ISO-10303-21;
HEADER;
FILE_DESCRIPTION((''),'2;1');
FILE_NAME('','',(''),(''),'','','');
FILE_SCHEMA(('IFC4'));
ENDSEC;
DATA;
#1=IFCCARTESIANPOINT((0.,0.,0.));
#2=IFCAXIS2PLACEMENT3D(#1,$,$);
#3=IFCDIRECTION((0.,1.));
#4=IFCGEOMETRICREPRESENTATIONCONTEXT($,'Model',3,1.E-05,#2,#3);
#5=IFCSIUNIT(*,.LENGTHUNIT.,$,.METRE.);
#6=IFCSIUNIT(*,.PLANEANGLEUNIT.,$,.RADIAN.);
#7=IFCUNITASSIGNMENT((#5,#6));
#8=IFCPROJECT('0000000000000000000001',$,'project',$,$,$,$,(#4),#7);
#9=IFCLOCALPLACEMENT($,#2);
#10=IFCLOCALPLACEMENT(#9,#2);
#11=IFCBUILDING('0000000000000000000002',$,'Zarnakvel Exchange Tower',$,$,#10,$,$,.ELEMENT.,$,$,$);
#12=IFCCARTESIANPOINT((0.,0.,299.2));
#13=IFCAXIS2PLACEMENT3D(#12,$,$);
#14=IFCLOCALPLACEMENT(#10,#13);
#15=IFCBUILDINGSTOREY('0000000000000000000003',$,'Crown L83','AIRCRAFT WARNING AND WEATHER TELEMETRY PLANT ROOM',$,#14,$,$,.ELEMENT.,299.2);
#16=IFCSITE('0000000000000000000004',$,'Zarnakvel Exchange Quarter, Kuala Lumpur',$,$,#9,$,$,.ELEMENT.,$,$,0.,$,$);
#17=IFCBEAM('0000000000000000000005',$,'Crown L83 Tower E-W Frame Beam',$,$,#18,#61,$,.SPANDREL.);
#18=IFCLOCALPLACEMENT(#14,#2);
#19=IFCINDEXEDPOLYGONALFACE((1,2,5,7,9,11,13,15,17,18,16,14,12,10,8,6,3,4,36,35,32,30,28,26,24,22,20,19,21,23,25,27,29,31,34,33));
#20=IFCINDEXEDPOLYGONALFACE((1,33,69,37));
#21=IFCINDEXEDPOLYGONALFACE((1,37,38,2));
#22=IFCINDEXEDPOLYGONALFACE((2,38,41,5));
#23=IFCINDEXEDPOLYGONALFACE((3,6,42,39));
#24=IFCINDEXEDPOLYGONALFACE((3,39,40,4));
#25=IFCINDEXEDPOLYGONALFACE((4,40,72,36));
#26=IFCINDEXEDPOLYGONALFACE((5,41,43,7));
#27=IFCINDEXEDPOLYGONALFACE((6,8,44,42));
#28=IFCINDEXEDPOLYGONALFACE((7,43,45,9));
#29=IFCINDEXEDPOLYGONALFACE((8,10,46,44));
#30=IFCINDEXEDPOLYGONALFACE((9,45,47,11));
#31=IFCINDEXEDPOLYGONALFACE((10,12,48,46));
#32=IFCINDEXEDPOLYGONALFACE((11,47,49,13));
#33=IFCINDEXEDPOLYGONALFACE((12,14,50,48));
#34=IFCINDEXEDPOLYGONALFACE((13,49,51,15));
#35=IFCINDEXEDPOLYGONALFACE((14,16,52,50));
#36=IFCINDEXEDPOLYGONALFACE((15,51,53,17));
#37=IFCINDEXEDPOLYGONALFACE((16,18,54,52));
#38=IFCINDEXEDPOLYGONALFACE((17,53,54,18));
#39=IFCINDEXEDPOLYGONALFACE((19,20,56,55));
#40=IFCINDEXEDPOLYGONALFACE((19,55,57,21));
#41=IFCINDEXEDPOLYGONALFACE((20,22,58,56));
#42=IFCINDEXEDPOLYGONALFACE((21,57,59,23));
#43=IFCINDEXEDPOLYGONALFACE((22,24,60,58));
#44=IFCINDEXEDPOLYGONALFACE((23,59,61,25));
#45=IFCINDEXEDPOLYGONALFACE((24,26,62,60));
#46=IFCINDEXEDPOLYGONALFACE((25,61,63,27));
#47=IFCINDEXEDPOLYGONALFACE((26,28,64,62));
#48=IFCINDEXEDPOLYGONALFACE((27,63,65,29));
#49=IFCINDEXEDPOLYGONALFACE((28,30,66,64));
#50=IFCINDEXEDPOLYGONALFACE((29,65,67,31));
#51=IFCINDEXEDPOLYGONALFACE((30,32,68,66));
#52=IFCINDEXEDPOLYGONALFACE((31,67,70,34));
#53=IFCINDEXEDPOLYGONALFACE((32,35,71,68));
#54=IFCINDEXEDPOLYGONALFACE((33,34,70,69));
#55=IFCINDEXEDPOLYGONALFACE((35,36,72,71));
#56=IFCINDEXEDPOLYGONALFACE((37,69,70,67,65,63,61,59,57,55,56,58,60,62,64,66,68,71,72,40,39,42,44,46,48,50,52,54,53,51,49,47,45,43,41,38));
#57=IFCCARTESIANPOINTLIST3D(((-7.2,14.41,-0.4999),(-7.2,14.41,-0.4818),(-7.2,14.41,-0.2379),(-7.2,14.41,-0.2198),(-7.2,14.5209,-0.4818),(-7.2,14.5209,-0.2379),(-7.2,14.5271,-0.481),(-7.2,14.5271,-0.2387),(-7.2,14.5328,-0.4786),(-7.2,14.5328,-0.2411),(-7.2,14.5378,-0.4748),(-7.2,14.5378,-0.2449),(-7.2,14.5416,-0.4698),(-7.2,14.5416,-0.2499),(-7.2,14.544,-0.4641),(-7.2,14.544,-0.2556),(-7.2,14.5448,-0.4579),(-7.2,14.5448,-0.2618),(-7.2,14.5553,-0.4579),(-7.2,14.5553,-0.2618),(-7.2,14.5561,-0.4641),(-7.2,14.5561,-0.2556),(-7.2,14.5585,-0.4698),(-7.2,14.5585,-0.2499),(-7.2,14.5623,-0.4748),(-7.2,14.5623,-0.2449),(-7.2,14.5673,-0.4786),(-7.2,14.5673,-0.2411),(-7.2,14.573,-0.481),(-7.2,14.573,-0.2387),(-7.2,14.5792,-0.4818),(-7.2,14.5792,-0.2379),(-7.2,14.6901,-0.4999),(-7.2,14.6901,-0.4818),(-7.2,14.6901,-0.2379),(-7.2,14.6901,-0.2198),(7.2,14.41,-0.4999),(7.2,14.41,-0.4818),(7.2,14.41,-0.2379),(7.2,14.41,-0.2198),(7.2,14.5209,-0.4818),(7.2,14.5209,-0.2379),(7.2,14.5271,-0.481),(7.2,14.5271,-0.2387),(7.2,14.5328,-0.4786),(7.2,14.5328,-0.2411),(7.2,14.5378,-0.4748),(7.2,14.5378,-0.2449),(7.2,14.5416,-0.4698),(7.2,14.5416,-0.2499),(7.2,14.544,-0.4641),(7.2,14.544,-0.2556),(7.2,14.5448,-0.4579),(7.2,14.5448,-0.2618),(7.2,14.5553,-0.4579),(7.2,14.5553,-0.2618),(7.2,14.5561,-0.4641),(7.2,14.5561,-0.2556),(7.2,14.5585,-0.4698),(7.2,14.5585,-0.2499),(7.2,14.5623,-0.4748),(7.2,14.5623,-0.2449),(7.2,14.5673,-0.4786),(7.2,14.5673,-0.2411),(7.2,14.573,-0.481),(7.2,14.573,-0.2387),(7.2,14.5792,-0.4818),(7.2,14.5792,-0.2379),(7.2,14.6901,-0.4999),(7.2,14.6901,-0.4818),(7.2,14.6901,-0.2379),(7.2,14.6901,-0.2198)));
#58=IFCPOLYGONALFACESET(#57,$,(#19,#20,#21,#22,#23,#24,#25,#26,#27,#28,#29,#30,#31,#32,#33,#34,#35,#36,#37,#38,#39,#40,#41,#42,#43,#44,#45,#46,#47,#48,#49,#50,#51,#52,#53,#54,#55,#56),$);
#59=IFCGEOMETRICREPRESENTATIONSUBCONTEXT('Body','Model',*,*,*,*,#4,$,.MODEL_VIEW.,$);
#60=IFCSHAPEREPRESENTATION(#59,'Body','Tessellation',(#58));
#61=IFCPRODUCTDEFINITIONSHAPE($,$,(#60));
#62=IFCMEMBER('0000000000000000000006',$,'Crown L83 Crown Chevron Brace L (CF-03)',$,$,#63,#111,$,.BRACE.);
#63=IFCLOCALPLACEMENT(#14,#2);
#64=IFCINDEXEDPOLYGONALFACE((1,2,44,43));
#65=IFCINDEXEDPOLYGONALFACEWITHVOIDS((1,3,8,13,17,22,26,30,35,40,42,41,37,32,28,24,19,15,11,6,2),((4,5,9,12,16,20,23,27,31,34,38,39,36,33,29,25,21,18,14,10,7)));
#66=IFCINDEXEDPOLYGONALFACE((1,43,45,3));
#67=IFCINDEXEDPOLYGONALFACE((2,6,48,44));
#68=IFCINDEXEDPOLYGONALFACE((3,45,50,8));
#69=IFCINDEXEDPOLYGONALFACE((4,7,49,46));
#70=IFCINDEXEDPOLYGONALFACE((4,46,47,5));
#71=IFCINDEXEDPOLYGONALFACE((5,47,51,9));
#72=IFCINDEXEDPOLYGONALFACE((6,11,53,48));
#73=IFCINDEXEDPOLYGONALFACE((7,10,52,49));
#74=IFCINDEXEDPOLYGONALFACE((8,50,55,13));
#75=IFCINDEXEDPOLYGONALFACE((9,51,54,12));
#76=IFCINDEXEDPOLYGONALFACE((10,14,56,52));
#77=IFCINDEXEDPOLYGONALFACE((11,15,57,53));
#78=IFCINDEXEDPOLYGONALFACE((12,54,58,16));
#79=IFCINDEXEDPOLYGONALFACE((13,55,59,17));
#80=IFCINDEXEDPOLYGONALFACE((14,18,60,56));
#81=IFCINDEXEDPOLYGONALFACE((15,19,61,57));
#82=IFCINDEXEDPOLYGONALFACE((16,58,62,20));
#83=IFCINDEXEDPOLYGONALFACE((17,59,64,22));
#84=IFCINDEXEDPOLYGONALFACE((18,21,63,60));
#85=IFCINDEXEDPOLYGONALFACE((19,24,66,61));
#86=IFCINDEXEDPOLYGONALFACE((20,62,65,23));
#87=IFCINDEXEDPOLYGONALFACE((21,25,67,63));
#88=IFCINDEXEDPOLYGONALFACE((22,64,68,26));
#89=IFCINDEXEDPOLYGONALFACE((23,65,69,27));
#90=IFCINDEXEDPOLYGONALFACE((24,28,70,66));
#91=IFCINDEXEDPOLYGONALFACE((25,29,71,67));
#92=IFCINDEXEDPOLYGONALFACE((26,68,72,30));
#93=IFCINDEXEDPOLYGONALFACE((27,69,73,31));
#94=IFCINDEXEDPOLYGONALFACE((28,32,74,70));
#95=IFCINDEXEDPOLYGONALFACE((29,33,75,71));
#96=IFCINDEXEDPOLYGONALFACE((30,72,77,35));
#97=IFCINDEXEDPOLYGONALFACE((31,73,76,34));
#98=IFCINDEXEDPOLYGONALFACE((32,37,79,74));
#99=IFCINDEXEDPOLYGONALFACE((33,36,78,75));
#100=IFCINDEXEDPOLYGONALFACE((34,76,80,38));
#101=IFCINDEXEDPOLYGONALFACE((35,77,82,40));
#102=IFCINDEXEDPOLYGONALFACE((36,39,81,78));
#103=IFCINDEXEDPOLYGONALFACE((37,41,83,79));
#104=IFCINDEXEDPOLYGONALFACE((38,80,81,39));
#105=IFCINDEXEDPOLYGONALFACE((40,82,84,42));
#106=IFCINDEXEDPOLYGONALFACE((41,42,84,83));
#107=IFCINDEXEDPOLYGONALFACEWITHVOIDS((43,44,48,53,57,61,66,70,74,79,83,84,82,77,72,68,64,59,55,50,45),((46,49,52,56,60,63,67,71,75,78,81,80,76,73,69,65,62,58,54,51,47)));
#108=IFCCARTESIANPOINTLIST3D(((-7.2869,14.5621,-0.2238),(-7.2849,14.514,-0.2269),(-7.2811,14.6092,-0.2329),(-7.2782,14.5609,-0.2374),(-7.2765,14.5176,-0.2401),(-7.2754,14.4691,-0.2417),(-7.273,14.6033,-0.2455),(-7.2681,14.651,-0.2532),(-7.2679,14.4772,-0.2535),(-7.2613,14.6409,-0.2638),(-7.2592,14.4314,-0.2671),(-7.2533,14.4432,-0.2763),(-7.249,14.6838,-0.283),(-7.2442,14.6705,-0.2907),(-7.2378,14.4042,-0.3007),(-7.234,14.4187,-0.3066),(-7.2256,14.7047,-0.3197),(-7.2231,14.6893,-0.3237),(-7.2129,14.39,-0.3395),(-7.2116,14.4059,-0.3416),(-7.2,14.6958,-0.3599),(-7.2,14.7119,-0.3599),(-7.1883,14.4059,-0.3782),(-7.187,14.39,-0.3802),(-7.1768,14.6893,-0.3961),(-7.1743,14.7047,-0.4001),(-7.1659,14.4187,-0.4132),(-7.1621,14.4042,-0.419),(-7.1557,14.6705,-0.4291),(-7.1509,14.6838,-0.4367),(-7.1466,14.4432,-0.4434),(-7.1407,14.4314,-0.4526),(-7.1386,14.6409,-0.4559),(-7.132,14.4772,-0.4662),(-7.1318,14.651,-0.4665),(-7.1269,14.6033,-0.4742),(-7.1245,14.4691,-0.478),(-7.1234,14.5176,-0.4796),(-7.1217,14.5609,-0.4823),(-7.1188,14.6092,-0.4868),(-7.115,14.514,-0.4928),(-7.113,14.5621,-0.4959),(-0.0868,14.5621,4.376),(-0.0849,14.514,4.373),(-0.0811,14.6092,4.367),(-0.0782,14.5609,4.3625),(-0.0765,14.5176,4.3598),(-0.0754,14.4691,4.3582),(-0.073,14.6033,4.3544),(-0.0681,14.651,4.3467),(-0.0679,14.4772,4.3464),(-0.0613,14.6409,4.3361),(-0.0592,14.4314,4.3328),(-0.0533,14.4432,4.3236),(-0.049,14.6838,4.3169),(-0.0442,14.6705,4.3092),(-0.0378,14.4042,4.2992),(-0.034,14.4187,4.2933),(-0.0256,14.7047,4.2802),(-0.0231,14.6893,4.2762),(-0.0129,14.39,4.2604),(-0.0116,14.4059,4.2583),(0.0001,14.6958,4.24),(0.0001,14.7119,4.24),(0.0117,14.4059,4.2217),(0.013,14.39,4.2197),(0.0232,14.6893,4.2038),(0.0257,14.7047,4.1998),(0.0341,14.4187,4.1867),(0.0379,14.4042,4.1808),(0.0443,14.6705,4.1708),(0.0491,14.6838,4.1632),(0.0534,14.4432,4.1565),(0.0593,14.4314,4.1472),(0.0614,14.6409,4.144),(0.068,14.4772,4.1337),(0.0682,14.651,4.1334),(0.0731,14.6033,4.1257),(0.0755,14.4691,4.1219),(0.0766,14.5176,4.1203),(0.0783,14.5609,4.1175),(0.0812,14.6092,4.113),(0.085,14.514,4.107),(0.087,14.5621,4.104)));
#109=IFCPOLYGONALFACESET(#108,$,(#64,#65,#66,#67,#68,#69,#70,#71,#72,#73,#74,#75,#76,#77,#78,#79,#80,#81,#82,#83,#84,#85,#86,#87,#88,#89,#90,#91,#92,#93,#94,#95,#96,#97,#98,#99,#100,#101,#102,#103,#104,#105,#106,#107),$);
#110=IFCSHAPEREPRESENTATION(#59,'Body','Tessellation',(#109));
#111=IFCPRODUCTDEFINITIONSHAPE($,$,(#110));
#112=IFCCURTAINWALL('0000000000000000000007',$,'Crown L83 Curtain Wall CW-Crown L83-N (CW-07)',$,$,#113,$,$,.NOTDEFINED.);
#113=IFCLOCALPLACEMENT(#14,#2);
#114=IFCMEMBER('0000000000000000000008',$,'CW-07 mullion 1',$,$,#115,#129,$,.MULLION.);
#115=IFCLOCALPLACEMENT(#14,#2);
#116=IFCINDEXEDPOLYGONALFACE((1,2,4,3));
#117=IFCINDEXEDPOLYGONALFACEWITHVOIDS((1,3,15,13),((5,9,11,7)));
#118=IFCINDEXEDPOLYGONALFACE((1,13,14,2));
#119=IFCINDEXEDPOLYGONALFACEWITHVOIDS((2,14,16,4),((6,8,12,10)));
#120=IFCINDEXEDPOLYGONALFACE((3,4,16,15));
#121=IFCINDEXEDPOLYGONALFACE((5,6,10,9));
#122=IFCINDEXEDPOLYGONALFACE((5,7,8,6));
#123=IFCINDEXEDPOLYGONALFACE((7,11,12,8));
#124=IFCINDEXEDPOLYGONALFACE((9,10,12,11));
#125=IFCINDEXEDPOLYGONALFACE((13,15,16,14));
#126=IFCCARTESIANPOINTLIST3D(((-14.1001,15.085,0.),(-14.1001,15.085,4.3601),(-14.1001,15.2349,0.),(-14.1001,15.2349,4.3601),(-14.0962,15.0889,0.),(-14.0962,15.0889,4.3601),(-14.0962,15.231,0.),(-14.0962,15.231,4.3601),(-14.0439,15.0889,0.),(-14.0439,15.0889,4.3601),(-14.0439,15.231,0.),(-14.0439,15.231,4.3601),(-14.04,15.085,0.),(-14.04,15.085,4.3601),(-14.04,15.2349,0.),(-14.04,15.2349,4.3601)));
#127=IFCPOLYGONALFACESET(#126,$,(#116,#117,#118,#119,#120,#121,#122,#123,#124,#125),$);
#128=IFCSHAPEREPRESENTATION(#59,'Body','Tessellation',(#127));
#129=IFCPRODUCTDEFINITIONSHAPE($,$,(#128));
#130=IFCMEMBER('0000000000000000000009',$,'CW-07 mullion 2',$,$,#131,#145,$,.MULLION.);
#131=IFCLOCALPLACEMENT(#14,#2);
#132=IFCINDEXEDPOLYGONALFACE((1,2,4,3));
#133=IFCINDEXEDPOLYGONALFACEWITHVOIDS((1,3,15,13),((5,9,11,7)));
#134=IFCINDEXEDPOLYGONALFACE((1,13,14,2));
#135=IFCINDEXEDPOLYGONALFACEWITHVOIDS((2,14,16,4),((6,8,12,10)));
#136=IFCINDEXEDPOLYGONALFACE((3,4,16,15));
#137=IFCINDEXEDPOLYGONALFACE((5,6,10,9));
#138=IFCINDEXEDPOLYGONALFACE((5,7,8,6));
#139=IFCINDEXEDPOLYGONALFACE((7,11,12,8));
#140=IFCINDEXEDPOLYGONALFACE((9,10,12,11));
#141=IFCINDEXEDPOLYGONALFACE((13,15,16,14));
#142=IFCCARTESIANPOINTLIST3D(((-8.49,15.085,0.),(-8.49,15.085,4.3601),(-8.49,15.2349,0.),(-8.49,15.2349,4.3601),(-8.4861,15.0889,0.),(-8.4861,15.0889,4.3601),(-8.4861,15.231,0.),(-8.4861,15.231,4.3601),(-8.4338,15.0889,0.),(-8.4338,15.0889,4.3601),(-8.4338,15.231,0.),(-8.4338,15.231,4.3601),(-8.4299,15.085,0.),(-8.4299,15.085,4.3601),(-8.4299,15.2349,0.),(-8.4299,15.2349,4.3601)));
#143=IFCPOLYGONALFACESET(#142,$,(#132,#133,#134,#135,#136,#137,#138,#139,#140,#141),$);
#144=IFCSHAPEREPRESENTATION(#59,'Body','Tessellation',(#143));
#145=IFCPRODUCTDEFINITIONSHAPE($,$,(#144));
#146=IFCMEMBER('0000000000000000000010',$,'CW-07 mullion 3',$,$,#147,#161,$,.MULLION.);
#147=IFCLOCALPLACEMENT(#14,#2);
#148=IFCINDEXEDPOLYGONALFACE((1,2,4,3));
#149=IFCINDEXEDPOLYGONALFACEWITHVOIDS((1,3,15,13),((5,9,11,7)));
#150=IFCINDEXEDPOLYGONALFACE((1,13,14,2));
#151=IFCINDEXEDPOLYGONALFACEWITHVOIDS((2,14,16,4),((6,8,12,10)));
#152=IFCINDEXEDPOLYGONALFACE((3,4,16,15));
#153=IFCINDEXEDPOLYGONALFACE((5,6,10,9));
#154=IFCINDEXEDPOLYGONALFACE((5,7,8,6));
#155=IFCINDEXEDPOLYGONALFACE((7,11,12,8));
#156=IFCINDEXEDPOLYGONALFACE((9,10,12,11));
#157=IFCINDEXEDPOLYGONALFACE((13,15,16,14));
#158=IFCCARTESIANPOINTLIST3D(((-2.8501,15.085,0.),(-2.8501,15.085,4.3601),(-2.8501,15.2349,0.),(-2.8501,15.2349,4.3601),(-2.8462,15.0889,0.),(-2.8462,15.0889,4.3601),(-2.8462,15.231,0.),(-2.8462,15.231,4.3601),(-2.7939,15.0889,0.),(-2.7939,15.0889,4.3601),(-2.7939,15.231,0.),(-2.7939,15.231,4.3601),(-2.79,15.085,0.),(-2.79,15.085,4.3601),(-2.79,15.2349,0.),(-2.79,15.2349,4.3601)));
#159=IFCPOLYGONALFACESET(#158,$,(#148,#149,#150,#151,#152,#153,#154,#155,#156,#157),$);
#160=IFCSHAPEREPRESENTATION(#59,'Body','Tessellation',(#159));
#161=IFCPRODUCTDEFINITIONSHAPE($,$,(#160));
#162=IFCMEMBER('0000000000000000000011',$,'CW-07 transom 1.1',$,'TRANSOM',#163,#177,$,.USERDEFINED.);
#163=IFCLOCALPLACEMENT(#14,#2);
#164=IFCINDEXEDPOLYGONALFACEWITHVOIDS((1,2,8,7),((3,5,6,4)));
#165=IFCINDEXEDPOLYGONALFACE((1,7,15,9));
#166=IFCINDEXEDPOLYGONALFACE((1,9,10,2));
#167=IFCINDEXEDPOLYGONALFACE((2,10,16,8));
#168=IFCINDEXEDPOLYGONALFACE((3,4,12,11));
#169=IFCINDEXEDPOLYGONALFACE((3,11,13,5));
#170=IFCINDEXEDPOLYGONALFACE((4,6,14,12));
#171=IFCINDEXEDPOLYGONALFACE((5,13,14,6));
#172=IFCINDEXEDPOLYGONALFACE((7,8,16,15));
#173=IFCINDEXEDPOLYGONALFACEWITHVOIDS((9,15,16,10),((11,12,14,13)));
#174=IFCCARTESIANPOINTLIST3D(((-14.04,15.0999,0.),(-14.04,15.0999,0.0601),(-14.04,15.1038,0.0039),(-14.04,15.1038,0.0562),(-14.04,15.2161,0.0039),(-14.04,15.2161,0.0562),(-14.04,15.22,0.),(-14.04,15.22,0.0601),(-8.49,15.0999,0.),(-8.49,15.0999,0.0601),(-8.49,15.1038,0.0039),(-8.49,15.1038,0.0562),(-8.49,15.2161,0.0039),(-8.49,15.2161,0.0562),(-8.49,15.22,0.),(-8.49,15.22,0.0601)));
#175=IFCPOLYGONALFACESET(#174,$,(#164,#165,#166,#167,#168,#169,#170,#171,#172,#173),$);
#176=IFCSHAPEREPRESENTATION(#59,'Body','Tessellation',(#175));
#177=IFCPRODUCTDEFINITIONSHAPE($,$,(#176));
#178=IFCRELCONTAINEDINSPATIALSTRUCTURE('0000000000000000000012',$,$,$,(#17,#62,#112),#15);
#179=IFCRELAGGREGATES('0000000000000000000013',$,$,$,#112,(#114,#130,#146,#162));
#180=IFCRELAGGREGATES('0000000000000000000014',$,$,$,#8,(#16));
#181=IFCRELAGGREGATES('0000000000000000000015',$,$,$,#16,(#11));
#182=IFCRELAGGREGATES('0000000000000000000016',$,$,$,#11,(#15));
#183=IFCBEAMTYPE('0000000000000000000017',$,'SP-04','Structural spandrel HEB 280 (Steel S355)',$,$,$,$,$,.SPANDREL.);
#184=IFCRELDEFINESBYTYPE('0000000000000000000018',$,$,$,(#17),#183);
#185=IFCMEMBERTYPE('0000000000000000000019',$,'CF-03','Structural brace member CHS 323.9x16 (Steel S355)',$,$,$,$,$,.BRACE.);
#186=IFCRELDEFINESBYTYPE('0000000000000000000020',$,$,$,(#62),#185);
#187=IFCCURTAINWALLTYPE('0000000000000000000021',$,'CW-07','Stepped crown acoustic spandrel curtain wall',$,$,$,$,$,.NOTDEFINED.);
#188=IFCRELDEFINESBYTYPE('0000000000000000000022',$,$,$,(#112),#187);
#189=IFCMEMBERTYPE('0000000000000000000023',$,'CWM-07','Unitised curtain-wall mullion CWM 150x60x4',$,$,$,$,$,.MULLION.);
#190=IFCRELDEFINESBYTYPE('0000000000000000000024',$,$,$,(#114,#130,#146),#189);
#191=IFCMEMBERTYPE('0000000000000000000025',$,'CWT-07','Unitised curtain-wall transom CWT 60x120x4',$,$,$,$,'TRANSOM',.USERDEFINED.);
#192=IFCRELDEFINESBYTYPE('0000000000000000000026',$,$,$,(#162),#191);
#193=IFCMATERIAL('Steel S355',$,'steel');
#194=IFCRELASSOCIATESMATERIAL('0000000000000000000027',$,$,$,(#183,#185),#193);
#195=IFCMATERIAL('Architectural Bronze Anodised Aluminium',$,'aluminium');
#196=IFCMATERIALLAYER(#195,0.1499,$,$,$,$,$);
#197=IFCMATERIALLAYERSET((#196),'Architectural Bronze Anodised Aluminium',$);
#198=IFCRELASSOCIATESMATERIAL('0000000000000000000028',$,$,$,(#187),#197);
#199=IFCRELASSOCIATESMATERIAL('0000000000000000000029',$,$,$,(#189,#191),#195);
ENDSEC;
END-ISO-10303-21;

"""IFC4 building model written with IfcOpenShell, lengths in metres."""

from ifc_helpers import new_model, si_unit, direction, frame, origin, origin_2d, place, context, subcontext, project, spatial, hollow_rectangle, hollow_circle, i_section, extrude, source, transform, mapped, material, layer, layer_set, material_profile, profile_set, type_object, element, aggregate, save


model = new_model("IFC4")

# Units and contexts
model_context = context("Model", 3, precision=1e-05, world=origin(), true_north=direction((0.0, 1.0)))
body_context = subcontext(model_context, "Body", "Model", "MODEL_VIEW")
ifc_project = project(units=[si_unit("LENGTHUNIT", "METRE"), si_unit("PLANEANGLEUNIT", "RADIAN")], contexts=[model_context])

# Site, building, storey
site_placement = place(None, origin())
site = spatial("IfcSite", under=ifc_project, at=site_placement, Name="Zarnakvel Exchange Quarter, Kuala Lumpur", CompositionType="ELEMENT", RefElevation=0.0)
building_placement = place(site_placement, origin())
building = spatial("IfcBuilding", under=site, at=building_placement, Name="Zarnakvel Exchange Tower", CompositionType="ELEMENT")
storey_placement = place(building_placement, frame((0.0, 0.0, 299.2)))
storey = spatial("IfcBuildingStorey", under=building, at=storey_placement, Name="Crown L83", Description="AIRCRAFT WARNING AND WEATHER TELEMETRY PLANT ROOM", CompositionType="ELEMENT", Elevation=299.2)

# Shared definitions
ifc_material_1 = material(Name="Steel S355", Category="steel")

# Beam
ifc_material_profile_1 = material_profile(ifc_material_1, i_section(OverallWidth=0.28, OverallDepth=0.28, WebThickness=0.0105, FlangeThickness=0.0181, FilletRadius=0.0239, at=origin_2d()))
ifc_profile_set_1 = profile_set([ifc_material_profile_1], Name="Steel S355")
beam_type_1 = type_object("IfcBeamType", Name="SP-04", Description="Structural spandrel HEB 280 (Steel S355)", PredefinedType="SPANDREL", material=ifc_profile_set_1)
beam_1_placement = place(storey_placement, frame((-7.2, 14.55, -0.3599), z_axis=(1.0, 0.0, 0.0), x_axis=(0.0, 1.0, 0.0)))
element("IfcBeam", 1, at=beam_1_placement, inside=storey, type_object=beam_type_1, Name="Crown L83 Tower E-W Frame Beam", PredefinedType="SPANDREL", context=body_context, shape_type="SweptSolid", body=[
    extrude(i_section(OverallWidth=0.28, OverallDepth=0.28, WebThickness=0.0105, FlangeThickness=0.0181, FilletRadius=0.0239, at=origin_2d()), origin(), (0.0, 0.0, 1.0), 14.3999),
])

# Member
ifc_material_profile_2 = material_profile(ifc_material_1, hollow_circle(Radius=0.1619, WallThickness=0.0161, at=origin_2d()))
ifc_profile_set_2 = profile_set([ifc_material_profile_2], Name="Steel S355")
member_type_1 = type_object("IfcMemberType", Name="CF-03", Description="Structural brace member CHS 323.9x16 (Steel S355)", PredefinedType="BRACE", material=ifc_profile_set_2)
shared_shape_1 = source(origin(), body_context, "Body", "SweptSolid", [
    extrude(hollow_circle(Radius=0.1619, WallThickness=0.0161, at=origin_2d()), origin(), (0.0, 0.0, 1.0), 8.5439),
])
member_1_placement = place(storey_placement, frame((-7.2, 14.55, -0.3599), z_axis=(0.842702, 0.0, 0.53838), x_axis=(0.0, 1.0, 0.0)))
element("IfcMember", 2, at=member_1_placement, inside=storey, type_object=member_type_1, Name="Crown L83 Crown Chevron Brace L (CF-03)", PredefinedType="BRACE", context=body_context, shape_type="MappedRepresentation", body=[
    mapped(shared_shape_1, transform((0.0, 0.0, 0.0), x_axis=(1.0, 0.0, 0.0), y_axis=(0.0, 1.0, 0.0), z_axis=(0.0, 0.0, 1.0), scale=1.0)),
])

# Curtain wall, members
ifc_material_2 = material(Name="Architectural Bronze Anodised Aluminium", Category="aluminium")
ifc_layer_1 = layer(ifc_material_2, 0.1499)
ifc_layer_set_1 = layer_set([ifc_layer_1], Name="Architectural Bronze Anodised Aluminium")
curtain_wall_type = type_object("IfcCurtainWallType", Name="CW-07", Description="Stepped crown acoustic spandrel curtain wall", PredefinedType="NOTDEFINED", material=ifc_layer_set_1)
curtain_wall_placement = place(storey_placement, origin())
curtain_wall = element("IfcCurtainWall", 3, at=curtain_wall_placement, inside=storey, type_object=curtain_wall_type, Name="Crown L83 Curtain Wall CW-Crown L83-N (CW-07)", PredefinedType="NOTDEFINED")
ifc_material_profile_3 = material_profile(ifc_material_2, hollow_rectangle(XDim=0.1499, YDim=0.0601, WallThickness=0.0039, at=origin_2d()))
ifc_profile_set_3 = profile_set([ifc_material_profile_3], Name="Architectural Bronze Anodised Aluminium")
member_type_2 = type_object("IfcMemberType", Name="CWM-07", Description="Unitised curtain-wall mullion CWM 150x60x4", PredefinedType="MULLION", material=ifc_profile_set_3)
shared_shape_2 = source(origin(), body_context, "Body", "SweptSolid", [
    extrude(hollow_rectangle(XDim=0.1499, YDim=0.0601, WallThickness=0.0039, at=origin_2d()), origin(), (0.0, 0.0, 1.0), 4.3601),
])
member_2_placement = place(storey_placement, frame((-14.0701, 15.1599, 0.0), z_axis=(0.0, 0.0, 1.0), x_axis=(0.0, 1.0, 0.0)))
member_2 = element("IfcMember", 4, at=member_2_placement, type_object=member_type_2, Name="CW-07 mullion 1", PredefinedType="MULLION", context=body_context, shape_type="MappedRepresentation", body=[
    mapped(shared_shape_2, transform((0.0, 0.0, 0.0), x_axis=(1.0, 0.0, 0.0), y_axis=(0.0, 1.0, 0.0), z_axis=(0.0, 0.0, 1.0), scale=1.0)),
])
member_3_placement = place(storey_placement, frame((-8.46, 15.1599, 0.0), z_axis=(0.0, 0.0, 1.0), x_axis=(0.0, 1.0, 0.0)))
member_3 = element("IfcMember", 5, at=member_3_placement, type_object=member_type_2, Name="CW-07 mullion 2", PredefinedType="MULLION", context=body_context, shape_type="MappedRepresentation", body=[
    mapped(shared_shape_2, transform((0.0, 0.0, 0.0), x_axis=(1.0, 0.0, 0.0), y_axis=(0.0, 1.0, 0.0), z_axis=(0.0, 0.0, 1.0), scale=1.0)),
])
member_4_placement = place(storey_placement, frame((-2.8201, 15.1599, 0.0), z_axis=(0.0, 0.0, 1.0), x_axis=(0.0, 1.0, 0.0)))
member_4 = element("IfcMember", 6, at=member_4_placement, type_object=member_type_2, Name="CW-07 mullion 3", PredefinedType="MULLION", context=body_context, shape_type="MappedRepresentation", body=[
    mapped(shared_shape_2, transform((0.0, 0.0, 0.0), x_axis=(1.0, 0.0, 0.0), y_axis=(0.0, 1.0, 0.0), z_axis=(0.0, 0.0, 1.0), scale=1.0)),
])
ifc_material_profile_4 = material_profile(ifc_material_2, hollow_rectangle(XDim=0.1201, YDim=0.0601, WallThickness=0.0039, at=origin_2d()))
ifc_profile_set_4 = profile_set([ifc_material_profile_4], Name="Architectural Bronze Anodised Aluminium")
member_type_3 = type_object("IfcMemberType", Name="CWT-07", Description="Unitised curtain-wall transom CWT 60x120x4", ElementType="TRANSOM", PredefinedType="USERDEFINED", material=ifc_profile_set_4)
shared_shape_3 = source(origin(), body_context, "Body", "SweptSolid", [
    extrude(hollow_rectangle(XDim=0.1201, YDim=0.0601, WallThickness=0.0039, at=origin_2d()), origin(), (0.0, 0.0, 1.0), 5.55),
])
member_5_placement = place(storey_placement, frame((-14.04, 15.1599, 0.03), z_axis=(1.0, 0.0, 0.0), x_axis=(0.0, 1.0, 0.0)))
member_5 = element("IfcMember", 7, at=member_5_placement, type_object=member_type_3, Name="CW-07 transom 1.1", ObjectType="TRANSOM", PredefinedType="USERDEFINED", context=body_context, shape_type="MappedRepresentation", body=[
    mapped(shared_shape_3, transform((0.0, 0.0, 0.0), x_axis=(1.0, 0.0, 0.0), y_axis=(0.0, 1.0, 0.0), z_axis=(0.0, 0.0, 1.0), scale=1.0)),
])

aggregate(curtain_wall, [member_2, member_3, member_4, member_5])

save(model, "model.ifc")
